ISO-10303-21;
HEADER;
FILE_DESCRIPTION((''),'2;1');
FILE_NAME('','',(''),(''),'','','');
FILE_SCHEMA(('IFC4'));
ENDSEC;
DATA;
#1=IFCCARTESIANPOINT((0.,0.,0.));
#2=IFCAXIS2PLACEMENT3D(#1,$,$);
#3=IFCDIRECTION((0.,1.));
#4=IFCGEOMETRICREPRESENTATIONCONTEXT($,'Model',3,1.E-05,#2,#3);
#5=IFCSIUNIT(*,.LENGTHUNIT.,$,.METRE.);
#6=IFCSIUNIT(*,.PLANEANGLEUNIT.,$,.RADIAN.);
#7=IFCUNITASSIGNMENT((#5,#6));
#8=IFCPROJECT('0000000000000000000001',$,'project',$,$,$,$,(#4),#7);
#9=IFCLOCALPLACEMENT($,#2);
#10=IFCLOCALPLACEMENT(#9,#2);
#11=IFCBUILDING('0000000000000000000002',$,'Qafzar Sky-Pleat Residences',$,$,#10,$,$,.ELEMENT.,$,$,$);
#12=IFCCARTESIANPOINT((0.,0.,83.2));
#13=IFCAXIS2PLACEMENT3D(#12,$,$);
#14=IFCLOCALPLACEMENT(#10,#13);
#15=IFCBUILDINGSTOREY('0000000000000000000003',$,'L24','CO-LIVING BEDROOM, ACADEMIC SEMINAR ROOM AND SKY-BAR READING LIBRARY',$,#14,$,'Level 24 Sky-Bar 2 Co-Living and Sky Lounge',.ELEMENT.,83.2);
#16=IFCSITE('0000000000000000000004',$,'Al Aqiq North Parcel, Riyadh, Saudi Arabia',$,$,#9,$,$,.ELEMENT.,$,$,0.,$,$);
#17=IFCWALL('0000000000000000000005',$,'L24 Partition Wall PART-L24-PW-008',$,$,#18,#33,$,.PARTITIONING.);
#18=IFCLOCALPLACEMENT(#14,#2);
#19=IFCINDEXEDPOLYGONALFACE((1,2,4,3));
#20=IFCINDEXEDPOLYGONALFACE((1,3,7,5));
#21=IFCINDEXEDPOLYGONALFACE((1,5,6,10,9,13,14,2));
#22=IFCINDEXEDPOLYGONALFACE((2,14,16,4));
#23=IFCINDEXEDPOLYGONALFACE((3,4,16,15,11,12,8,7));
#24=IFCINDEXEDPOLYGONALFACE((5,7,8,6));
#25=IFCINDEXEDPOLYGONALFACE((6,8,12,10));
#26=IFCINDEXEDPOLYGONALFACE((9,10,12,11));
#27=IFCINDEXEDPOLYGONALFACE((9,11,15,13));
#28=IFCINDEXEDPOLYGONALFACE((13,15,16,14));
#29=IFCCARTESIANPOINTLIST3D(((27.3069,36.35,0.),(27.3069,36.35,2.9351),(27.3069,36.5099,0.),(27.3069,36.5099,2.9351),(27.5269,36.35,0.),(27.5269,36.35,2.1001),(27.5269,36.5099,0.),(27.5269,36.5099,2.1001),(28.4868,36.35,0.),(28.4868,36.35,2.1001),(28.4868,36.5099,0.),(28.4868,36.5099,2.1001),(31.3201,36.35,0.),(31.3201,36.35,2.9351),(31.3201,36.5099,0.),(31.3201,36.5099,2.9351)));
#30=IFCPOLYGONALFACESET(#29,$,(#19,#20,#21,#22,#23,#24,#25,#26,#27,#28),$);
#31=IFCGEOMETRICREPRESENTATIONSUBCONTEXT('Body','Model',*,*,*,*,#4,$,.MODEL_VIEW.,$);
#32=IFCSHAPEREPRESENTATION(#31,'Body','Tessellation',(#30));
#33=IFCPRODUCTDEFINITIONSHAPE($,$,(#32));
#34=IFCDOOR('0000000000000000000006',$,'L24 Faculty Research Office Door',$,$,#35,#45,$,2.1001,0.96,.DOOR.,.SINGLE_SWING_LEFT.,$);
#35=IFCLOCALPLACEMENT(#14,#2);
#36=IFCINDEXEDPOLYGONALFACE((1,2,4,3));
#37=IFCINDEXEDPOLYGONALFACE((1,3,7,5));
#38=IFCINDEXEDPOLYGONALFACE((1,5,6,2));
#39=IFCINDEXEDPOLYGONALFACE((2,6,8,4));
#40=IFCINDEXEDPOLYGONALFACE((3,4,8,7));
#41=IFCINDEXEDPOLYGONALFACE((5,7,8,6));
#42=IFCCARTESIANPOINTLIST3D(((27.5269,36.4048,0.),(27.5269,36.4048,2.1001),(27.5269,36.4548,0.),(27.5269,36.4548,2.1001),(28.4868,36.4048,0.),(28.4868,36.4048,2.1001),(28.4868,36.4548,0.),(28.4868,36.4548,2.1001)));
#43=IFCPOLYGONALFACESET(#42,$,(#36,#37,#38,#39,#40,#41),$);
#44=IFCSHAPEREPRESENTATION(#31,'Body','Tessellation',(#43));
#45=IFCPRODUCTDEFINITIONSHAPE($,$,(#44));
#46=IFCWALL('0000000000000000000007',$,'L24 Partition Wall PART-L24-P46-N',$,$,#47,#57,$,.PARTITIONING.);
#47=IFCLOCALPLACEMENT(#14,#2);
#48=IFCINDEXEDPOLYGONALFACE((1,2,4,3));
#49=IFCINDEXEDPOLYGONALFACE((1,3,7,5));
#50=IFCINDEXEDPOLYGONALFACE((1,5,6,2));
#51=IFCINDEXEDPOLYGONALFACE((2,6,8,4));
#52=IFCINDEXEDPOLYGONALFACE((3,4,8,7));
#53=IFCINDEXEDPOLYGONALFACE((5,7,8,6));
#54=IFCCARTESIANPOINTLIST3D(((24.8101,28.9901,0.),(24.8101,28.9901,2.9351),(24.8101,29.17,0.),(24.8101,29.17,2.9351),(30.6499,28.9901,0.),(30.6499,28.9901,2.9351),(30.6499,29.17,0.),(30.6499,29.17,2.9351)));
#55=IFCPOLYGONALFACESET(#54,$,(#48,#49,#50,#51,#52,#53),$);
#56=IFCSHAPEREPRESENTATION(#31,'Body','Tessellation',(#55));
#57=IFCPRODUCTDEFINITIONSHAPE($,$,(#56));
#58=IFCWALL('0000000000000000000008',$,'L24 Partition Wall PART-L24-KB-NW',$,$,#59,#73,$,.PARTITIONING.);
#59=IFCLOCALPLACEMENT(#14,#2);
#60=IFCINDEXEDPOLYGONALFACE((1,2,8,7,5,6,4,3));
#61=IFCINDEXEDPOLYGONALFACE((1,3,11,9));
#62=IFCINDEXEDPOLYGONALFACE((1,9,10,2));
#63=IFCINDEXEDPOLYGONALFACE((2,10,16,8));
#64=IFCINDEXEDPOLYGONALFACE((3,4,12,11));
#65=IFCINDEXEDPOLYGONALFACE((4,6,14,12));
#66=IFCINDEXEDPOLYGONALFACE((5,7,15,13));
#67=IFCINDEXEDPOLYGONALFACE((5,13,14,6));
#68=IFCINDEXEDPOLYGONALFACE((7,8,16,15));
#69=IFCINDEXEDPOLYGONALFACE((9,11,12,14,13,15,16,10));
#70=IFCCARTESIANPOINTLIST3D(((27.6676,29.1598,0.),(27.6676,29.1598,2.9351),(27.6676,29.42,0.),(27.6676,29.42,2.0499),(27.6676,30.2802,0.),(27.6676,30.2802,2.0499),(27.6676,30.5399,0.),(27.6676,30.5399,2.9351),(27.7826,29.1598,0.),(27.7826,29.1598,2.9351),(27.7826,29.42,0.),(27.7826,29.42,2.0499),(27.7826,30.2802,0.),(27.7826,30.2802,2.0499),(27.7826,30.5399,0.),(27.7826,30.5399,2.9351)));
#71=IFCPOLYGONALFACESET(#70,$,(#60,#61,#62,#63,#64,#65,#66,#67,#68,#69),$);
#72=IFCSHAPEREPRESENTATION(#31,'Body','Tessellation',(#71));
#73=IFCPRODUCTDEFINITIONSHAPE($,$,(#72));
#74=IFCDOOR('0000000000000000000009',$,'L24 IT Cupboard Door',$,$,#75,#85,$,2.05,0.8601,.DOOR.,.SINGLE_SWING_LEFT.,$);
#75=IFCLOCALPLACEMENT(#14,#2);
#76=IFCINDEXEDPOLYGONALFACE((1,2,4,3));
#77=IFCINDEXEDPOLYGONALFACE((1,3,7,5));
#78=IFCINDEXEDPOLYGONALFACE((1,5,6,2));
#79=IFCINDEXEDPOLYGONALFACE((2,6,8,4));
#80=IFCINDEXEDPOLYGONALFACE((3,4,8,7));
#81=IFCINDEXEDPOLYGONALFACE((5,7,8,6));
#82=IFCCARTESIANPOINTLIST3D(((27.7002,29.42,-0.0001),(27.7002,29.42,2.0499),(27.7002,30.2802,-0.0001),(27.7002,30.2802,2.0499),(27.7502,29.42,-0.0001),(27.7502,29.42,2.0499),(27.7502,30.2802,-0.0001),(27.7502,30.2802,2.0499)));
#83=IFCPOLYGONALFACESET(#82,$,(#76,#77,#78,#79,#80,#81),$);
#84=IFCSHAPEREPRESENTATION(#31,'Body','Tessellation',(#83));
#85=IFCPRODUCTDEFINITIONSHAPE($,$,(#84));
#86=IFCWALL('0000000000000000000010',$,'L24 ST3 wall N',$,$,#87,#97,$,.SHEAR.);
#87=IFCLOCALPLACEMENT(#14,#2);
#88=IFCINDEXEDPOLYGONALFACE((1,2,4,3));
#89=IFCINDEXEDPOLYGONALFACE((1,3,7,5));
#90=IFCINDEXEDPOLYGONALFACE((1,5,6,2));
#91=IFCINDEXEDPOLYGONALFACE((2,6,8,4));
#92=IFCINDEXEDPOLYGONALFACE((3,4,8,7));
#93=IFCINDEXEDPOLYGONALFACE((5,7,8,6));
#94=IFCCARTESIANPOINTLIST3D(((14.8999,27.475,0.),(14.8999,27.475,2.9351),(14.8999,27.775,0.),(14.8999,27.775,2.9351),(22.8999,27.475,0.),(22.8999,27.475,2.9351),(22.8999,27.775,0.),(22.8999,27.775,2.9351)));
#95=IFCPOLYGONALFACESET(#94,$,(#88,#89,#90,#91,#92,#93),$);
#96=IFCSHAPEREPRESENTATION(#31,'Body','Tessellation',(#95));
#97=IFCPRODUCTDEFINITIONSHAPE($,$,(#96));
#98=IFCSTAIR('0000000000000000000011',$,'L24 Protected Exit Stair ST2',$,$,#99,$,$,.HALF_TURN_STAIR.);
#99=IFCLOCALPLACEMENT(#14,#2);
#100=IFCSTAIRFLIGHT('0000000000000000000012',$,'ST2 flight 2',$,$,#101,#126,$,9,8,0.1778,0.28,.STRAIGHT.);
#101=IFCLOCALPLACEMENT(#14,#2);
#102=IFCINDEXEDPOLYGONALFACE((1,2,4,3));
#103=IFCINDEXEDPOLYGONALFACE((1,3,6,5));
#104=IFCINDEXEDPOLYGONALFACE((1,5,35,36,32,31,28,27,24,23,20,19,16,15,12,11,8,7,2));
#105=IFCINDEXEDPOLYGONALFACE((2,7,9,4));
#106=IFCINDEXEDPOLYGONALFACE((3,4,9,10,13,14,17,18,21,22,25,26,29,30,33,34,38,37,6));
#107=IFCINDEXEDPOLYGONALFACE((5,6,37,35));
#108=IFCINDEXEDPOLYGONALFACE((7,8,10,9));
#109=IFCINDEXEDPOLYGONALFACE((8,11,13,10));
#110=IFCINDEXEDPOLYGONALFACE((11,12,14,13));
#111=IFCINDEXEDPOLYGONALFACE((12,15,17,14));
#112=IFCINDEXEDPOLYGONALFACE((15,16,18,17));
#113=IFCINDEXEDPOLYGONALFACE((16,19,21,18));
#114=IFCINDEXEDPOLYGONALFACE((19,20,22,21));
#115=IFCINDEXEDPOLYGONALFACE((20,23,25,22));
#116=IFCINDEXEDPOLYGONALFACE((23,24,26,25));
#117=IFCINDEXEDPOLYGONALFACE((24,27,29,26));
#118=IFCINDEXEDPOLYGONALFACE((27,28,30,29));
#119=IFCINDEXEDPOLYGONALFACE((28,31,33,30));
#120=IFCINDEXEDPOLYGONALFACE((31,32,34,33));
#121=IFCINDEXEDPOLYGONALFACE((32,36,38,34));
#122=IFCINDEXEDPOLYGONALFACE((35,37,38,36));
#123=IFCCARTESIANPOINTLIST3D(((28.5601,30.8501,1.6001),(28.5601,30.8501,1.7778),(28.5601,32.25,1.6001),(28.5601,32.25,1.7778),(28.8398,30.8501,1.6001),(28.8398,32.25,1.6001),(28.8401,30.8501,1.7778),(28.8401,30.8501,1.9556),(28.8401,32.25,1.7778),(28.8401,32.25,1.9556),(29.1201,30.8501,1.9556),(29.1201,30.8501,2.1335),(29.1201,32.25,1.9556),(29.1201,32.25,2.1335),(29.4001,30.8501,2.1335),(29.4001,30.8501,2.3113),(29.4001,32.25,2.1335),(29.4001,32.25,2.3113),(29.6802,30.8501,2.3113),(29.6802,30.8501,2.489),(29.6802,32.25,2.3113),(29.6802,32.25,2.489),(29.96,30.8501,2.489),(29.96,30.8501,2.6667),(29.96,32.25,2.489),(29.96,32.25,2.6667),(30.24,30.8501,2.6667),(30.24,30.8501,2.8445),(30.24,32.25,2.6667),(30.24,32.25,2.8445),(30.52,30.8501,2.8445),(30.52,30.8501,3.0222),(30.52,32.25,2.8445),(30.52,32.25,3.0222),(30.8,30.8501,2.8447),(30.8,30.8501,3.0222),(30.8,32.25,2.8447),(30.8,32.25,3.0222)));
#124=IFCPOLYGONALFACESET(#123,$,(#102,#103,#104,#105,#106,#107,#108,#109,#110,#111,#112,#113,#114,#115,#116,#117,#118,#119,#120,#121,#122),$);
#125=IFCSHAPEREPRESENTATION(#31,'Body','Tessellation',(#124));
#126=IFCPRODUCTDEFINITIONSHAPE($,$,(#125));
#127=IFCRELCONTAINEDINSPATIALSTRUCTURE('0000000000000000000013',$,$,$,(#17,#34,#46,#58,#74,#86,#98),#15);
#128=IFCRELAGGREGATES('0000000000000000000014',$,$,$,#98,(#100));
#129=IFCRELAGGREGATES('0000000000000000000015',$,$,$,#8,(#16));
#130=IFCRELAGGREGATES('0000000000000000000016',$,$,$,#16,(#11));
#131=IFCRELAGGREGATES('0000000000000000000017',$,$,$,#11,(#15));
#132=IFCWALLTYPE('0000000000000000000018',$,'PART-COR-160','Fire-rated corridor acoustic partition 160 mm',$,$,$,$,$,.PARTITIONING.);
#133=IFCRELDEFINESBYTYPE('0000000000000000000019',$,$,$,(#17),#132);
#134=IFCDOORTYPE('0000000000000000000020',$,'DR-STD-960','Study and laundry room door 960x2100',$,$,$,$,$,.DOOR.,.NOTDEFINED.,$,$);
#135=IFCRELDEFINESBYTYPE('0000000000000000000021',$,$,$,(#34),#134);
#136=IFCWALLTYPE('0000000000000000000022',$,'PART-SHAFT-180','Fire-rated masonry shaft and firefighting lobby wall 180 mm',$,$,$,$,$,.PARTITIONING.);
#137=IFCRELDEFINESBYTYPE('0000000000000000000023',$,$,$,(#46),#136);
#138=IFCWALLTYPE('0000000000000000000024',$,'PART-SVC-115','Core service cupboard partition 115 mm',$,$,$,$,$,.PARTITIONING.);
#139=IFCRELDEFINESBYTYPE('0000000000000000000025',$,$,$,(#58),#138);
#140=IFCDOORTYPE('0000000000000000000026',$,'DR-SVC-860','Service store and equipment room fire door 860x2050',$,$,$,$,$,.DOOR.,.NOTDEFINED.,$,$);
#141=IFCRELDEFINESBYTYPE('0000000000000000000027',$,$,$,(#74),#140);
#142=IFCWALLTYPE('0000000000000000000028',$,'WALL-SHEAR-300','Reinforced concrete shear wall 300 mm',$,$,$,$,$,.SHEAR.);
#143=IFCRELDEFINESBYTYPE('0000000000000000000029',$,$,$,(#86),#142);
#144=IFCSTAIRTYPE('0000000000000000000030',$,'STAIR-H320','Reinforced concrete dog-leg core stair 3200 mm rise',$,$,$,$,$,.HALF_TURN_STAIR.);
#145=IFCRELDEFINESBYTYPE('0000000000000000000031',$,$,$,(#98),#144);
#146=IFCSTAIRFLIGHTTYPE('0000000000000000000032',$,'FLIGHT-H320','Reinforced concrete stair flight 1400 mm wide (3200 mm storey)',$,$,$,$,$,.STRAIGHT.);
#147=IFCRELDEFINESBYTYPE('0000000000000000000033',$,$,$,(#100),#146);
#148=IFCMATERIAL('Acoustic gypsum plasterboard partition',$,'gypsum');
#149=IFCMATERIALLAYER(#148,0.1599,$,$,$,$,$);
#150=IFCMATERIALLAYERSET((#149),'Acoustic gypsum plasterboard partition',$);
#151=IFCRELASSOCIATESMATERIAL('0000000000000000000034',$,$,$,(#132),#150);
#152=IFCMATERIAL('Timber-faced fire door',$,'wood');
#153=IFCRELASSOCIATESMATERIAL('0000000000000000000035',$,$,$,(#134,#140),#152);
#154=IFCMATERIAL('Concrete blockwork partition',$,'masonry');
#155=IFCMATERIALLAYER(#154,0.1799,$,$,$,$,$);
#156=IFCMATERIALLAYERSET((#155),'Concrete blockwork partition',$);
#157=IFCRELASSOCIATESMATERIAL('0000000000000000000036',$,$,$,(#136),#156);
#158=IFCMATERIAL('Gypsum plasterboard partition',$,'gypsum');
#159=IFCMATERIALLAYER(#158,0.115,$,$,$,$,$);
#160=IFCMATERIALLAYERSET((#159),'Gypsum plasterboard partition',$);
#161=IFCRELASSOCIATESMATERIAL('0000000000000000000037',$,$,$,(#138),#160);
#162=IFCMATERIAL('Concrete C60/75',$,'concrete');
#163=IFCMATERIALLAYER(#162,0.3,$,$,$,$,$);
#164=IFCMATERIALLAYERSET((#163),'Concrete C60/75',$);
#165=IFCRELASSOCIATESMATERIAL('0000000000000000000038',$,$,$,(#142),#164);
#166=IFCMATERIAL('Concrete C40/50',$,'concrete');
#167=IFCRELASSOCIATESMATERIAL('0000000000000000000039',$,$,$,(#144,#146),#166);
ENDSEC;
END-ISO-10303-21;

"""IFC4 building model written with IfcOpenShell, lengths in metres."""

from ifc_helpers import new_model, si_unit, direction, frame, frame_2d, origin, place, context, subcontext, project, spatial, polyline, rectangle, outline, extrude, source, transform, mapped, material, layer, layer_set, type_object, element, fill, aggregate, save


model = new_model("IFC4")

# Units and contexts
model_context = context("Model", 3, precision=1e-05, world=origin(), true_north=direction((0.0, 1.0)))
body_context = subcontext(model_context, "Body", "Model", "MODEL_VIEW")
ifc_project = project(units=[si_unit("LENGTHUNIT", "METRE"), si_unit("PLANEANGLEUNIT", "RADIAN")], contexts=[model_context])

# Site, building, storey
site_placement = place(None, origin())
site = spatial("IfcSite", under=ifc_project, at=site_placement, Name="Al Aqiq North Parcel, Riyadh, Saudi Arabia", CompositionType="ELEMENT", RefElevation=0.0)
building_placement = place(site_placement, origin())
building = spatial("IfcBuilding", under=site, at=building_placement, Name="Qafzar Sky-Pleat Residences", CompositionType="ELEMENT")
storey_placement = place(building_placement, frame((0.0, 0.0, 83.2)))
storey = spatial("IfcBuildingStorey", under=building, at=storey_placement, Name="L24", Description="CO-LIVING BEDROOM, ACADEMIC SEMINAR ROOM AND SKY-BAR READING LIBRARY", LongName="Level 24 Sky-Bar 2 Co-Living and Sky Lounge", CompositionType="ELEMENT", Elevation=83.2)

# Wall, opening, door
ifc_material_1 = material(Name="Acoustic gypsum plasterboard partition", Category="gypsum")
ifc_layer_1 = layer(ifc_material_1, 0.1599)
ifc_layer_set_1 = layer_set([ifc_layer_1], Name="Acoustic gypsum plasterboard partition")
wall_type_1 = type_object("IfcWallType", Name="PART-COR-160", Description="Fire-rated corridor acoustic partition 160 mm", PredefinedType="PARTITIONING", material=ifc_layer_set_1)
wall_1_placement = place(storey_placement, frame((27.3069, 36.4299, 0.0), z_axis=(0.0, 0.0, 1.0), x_axis=(1.0, 0.0, 0.0)))
wall_1 = element("IfcWall", 1, at=wall_1_placement, inside=storey, type_object=wall_type_1, Name="L24 Partition Wall PART-L24-PW-008", PredefinedType="PARTITIONING", context=body_context, shape_type="SweptSolid", body=[
    extrude(rectangle(XDim=4.0132, YDim=0.1599, at=frame_2d((2.0066, 0.0))), origin(), (0.0, 0.0, 1.0), 2.9351),
])
opening_1_placement = place(wall_1_placement, frame((0.22, 0.0, 0.0)))
opening_1 = element("IfcOpeningElement", 2, at=opening_1_placement, cuts=wall_1, PredefinedType="OPENING", context=body_context, shape_type="SweptSolid", body=[
    extrude(rectangle(XDim=0.96, YDim=2.1001, at=frame_2d((0.48, 1.05))), frame((0.0, 0.0898, 0.0), z_axis=(0.0, -1.0, 0.0), x_axis=(1.0, 0.0, 0.0)), (0.0, 0.0, 1.0), 0.1799),
])
ifc_material_2 = material(Name="Timber-faced fire door", Category="wood")
door_type_1 = type_object("IfcDoorType", Name="DR-STD-960", Description="Study and laundry room door 960x2100", OperationType="NOTDEFINED", PredefinedType="DOOR", material=ifc_material_2)
shared_shape_1 = source(origin(), body_context, "Body", "SweptSolid", [
    extrude(rectangle(XDim=0.96, YDim=2.1001, at=frame_2d((0.48, 1.05))), frame((0.0, 0.0249, 0.0), z_axis=(0.0, -1.0, 0.0), x_axis=(1.0, 0.0, 0.0)), (0.0, 0.0, 1.0), 0.05),
])
door_1_placement = place(opening_1_placement, origin())
door_1 = element("IfcDoor", 3, at=door_1_placement, inside=storey, type_object=door_type_1, Name="L24 Faculty Research Office Door", OperationType="SINGLE_SWING_LEFT", OverallHeight=2.1001, OverallWidth=0.96, PredefinedType="DOOR", context=body_context, shape_type="MappedRepresentation", body=[
    mapped(shared_shape_1, transform((0.0, 0.0, 0.0), x_axis=(1.0, 0.0, 0.0), y_axis=(0.0, 1.0, 0.0), z_axis=(0.0, 0.0, 1.0), scale=1.0)),
])
fill(opening_1, door_1)

# Wall
ifc_material_3 = material(Name="Concrete blockwork partition", Category="masonry")
ifc_layer_2 = layer(ifc_material_3, 0.1799)
ifc_layer_set_2 = layer_set([ifc_layer_2], Name="Concrete blockwork partition")
wall_type_2 = type_object("IfcWallType", Name="PART-SHAFT-180", Description="Fire-rated masonry shaft and firefighting lobby wall 180 mm", PredefinedType="PARTITIONING", material=ifc_layer_set_2)
wall_2_placement = place(storey_placement, frame((24.8101, 29.0801, 0.0), z_axis=(0.0, 0.0, 1.0), x_axis=(1.0, 0.0, 0.0)))
element("IfcWall", 4, at=wall_2_placement, inside=storey, type_object=wall_type_2, Name="L24 Partition Wall PART-L24-P46-N", PredefinedType="PARTITIONING", context=body_context, shape_type="SweptSolid", body=[
    extrude(rectangle(XDim=5.8398, YDim=0.1799, at=frame_2d((2.9199, 0.0))), origin(), (0.0, 0.0, 1.0), 2.9351),
])

# Wall, opening, door
ifc_material_4 = material(Name="Gypsum plasterboard partition", Category="gypsum")
ifc_layer_3 = layer(ifc_material_4, 0.115)
ifc_layer_set_3 = layer_set([ifc_layer_3], Name="Gypsum plasterboard partition")
wall_type_3 = type_object("IfcWallType", Name="PART-SVC-115", Description="Core service cupboard partition 115 mm", PredefinedType="PARTITIONING", material=ifc_layer_set_3)
wall_3_placement = place(storey_placement, frame((27.7251, 29.1599, 0.0), z_axis=(0.0, 0.0, 1.0), x_axis=(0.0, 1.0, 0.0)))
wall_3 = element("IfcWall", 5, at=wall_3_placement, inside=storey, type_object=wall_type_3, Name="L24 Partition Wall PART-L24-KB-NW", PredefinedType="PARTITIONING", context=body_context, shape_type="SweptSolid", body=[
    extrude(rectangle(XDim=1.3801, YDim=0.115, at=frame_2d((0.6899, 0.0))), origin(), (0.0, 0.0, 1.0), 2.9351),
])
opening_2_placement = place(wall_3_placement, frame((0.26, 0.0, 0.0)))
opening_2 = element("IfcOpeningElement", 6, at=opening_2_placement, cuts=wall_3, PredefinedType="OPENING", context=body_context, shape_type="SweptSolid", body=[
    extrude(rectangle(XDim=0.8601, YDim=2.05, at=frame_2d((0.4302, 1.0249))), frame((0.0, 0.0674, 0.0), z_axis=(0.0, -1.0, 0.0), x_axis=(1.0, 0.0, 0.0)), (0.0, 0.0, 1.0), 0.135),
])
door_type_2 = type_object("IfcDoorType", Name="DR-SVC-860", Description="Service store and equipment room fire door 860x2050", OperationType="NOTDEFINED", PredefinedType="DOOR", material=ifc_material_2)
shared_shape_2 = source(origin(), body_context, "Body", "SweptSolid", [
    extrude(rectangle(XDim=0.8601, YDim=2.05, at=frame_2d((0.4302, 1.0249))), frame((0.0, 0.0249, 0.0), z_axis=(0.0, -1.0, 0.0), x_axis=(1.0, 0.0, 0.0)), (0.0, 0.0, 1.0), 0.05),
])
door_2_placement = place(opening_2_placement, origin())
door_2 = element("IfcDoor", 7, at=door_2_placement, inside=storey, type_object=door_type_2, Name="L24 IT Cupboard Door", OperationType="SINGLE_SWING_LEFT", OverallHeight=2.05, OverallWidth=0.8601, PredefinedType="DOOR", context=body_context, shape_type="MappedRepresentation", body=[
    mapped(shared_shape_2, transform((0.0, 0.0, 0.0), x_axis=(1.0, 0.0, 0.0), y_axis=(0.0, 1.0, 0.0), z_axis=(0.0, 0.0, 1.0), scale=1.0)),
])
fill(opening_2, door_2)

# Shared definitions
ifc_material_5 = material(Name="Concrete C60/75", Category="concrete")
ifc_layer_4 = layer(ifc_material_5, 0.3)
ifc_layer_set_4 = layer_set([ifc_layer_4], Name="Concrete C60/75")
wall_type_4 = type_object("IfcWallType", Name="WALL-SHEAR-300", Description="Reinforced concrete shear wall 300 mm", PredefinedType="SHEAR", material=ifc_layer_set_4)

# Wall
wall_4_placement = place(storey_placement, frame((22.8999, 27.625, 0.0), z_axis=(0.0, 0.0, 1.0), x_axis=(-1.0, 0.0, 0.0)))
element("IfcWall", 8, at=wall_4_placement, inside=storey, type_object=wall_type_4, Name="L24 ST3 wall N", PredefinedType="SHEAR", context=body_context, shape_type="SweptSolid", body=[
    extrude(rectangle(XDim=8.0, YDim=0.3, at=frame_2d((4.0, 0.0))), origin(), (0.0, 0.0, 1.0), 2.9351),
])

# Stair, stair flight
ifc_material_6 = material(Name="Concrete C40/50", Category="concrete")
stair_type = type_object("IfcStairType", Name="STAIR-H320", Description="Reinforced concrete dog-leg core stair 3200 mm rise", PredefinedType="HALF_TURN_STAIR", material=ifc_material_6)
stair_placement = place(storey_placement, origin())
stair = element("IfcStair", 9, at=stair_placement, inside=storey, type_object=stair_type, Name="L24 Protected Exit Stair ST2", PredefinedType="HALF_TURN_STAIR")
stair_flight_type = type_object("IfcStairFlightType", Name="FLIGHT-H320", Description="Reinforced concrete stair flight 1400 mm wide (3200 mm storey)", PredefinedType="STRAIGHT", material=ifc_material_6)
shared_shape_3 = source(origin(), body_context, "Body", "SweptSolid", [
    extrude(outline(polyline([(0.0, 0.0), (0.0, 0.1777), (0.28, 0.1777), (0.28, 0.3555), (0.5601, 0.3555), (0.5601, 0.5334), (0.8401, 0.5334), (0.8401, 0.7112), (1.1201, 0.7112), (1.1201, 0.8889), (1.3999, 0.8889), (1.3999, 1.0667), (1.6799, 1.0667), (1.6799, 1.2444), (1.96, 1.2444), (1.96, 1.4221), (2.24, 1.4221), (2.24, 1.6001), (2.24, 1.2446), (0.2798, 0.0), (0.0, 0.0)])), frame((0.0, 0.7, 0.0), z_axis=(0.0, -1.0, 0.0), x_axis=(1.0, 0.0, 0.0)), (0.0, 0.0, 1.0), 1.3999),
])
stair_flight_placement = place(storey_placement, frame((28.5601, 31.55, 1.6001), z_axis=(0.0, 0.0, 1.0), x_axis=(1.0, 0.0, 0.0)))
stair_flight = element("IfcStairFlight", 10, at=stair_flight_placement, type_object=stair_flight_type, Name="ST2 flight 2", NumberOfRisers=9, NumberOfTreads=8, PredefinedType="STRAIGHT", RiserHeight=0.1778, TreadLength=0.28, context=body_context, shape_type="MappedRepresentation", body=[
    mapped(shared_shape_3, transform((0.0, 0.0, 0.0), x_axis=(1.0, 0.0, 0.0), y_axis=(0.0, 1.0, 0.0), z_axis=(0.0, 0.0, 1.0), scale=1.0)),
])
aggregate(stair, [stair_flight])

save(model, "model.ifc")
